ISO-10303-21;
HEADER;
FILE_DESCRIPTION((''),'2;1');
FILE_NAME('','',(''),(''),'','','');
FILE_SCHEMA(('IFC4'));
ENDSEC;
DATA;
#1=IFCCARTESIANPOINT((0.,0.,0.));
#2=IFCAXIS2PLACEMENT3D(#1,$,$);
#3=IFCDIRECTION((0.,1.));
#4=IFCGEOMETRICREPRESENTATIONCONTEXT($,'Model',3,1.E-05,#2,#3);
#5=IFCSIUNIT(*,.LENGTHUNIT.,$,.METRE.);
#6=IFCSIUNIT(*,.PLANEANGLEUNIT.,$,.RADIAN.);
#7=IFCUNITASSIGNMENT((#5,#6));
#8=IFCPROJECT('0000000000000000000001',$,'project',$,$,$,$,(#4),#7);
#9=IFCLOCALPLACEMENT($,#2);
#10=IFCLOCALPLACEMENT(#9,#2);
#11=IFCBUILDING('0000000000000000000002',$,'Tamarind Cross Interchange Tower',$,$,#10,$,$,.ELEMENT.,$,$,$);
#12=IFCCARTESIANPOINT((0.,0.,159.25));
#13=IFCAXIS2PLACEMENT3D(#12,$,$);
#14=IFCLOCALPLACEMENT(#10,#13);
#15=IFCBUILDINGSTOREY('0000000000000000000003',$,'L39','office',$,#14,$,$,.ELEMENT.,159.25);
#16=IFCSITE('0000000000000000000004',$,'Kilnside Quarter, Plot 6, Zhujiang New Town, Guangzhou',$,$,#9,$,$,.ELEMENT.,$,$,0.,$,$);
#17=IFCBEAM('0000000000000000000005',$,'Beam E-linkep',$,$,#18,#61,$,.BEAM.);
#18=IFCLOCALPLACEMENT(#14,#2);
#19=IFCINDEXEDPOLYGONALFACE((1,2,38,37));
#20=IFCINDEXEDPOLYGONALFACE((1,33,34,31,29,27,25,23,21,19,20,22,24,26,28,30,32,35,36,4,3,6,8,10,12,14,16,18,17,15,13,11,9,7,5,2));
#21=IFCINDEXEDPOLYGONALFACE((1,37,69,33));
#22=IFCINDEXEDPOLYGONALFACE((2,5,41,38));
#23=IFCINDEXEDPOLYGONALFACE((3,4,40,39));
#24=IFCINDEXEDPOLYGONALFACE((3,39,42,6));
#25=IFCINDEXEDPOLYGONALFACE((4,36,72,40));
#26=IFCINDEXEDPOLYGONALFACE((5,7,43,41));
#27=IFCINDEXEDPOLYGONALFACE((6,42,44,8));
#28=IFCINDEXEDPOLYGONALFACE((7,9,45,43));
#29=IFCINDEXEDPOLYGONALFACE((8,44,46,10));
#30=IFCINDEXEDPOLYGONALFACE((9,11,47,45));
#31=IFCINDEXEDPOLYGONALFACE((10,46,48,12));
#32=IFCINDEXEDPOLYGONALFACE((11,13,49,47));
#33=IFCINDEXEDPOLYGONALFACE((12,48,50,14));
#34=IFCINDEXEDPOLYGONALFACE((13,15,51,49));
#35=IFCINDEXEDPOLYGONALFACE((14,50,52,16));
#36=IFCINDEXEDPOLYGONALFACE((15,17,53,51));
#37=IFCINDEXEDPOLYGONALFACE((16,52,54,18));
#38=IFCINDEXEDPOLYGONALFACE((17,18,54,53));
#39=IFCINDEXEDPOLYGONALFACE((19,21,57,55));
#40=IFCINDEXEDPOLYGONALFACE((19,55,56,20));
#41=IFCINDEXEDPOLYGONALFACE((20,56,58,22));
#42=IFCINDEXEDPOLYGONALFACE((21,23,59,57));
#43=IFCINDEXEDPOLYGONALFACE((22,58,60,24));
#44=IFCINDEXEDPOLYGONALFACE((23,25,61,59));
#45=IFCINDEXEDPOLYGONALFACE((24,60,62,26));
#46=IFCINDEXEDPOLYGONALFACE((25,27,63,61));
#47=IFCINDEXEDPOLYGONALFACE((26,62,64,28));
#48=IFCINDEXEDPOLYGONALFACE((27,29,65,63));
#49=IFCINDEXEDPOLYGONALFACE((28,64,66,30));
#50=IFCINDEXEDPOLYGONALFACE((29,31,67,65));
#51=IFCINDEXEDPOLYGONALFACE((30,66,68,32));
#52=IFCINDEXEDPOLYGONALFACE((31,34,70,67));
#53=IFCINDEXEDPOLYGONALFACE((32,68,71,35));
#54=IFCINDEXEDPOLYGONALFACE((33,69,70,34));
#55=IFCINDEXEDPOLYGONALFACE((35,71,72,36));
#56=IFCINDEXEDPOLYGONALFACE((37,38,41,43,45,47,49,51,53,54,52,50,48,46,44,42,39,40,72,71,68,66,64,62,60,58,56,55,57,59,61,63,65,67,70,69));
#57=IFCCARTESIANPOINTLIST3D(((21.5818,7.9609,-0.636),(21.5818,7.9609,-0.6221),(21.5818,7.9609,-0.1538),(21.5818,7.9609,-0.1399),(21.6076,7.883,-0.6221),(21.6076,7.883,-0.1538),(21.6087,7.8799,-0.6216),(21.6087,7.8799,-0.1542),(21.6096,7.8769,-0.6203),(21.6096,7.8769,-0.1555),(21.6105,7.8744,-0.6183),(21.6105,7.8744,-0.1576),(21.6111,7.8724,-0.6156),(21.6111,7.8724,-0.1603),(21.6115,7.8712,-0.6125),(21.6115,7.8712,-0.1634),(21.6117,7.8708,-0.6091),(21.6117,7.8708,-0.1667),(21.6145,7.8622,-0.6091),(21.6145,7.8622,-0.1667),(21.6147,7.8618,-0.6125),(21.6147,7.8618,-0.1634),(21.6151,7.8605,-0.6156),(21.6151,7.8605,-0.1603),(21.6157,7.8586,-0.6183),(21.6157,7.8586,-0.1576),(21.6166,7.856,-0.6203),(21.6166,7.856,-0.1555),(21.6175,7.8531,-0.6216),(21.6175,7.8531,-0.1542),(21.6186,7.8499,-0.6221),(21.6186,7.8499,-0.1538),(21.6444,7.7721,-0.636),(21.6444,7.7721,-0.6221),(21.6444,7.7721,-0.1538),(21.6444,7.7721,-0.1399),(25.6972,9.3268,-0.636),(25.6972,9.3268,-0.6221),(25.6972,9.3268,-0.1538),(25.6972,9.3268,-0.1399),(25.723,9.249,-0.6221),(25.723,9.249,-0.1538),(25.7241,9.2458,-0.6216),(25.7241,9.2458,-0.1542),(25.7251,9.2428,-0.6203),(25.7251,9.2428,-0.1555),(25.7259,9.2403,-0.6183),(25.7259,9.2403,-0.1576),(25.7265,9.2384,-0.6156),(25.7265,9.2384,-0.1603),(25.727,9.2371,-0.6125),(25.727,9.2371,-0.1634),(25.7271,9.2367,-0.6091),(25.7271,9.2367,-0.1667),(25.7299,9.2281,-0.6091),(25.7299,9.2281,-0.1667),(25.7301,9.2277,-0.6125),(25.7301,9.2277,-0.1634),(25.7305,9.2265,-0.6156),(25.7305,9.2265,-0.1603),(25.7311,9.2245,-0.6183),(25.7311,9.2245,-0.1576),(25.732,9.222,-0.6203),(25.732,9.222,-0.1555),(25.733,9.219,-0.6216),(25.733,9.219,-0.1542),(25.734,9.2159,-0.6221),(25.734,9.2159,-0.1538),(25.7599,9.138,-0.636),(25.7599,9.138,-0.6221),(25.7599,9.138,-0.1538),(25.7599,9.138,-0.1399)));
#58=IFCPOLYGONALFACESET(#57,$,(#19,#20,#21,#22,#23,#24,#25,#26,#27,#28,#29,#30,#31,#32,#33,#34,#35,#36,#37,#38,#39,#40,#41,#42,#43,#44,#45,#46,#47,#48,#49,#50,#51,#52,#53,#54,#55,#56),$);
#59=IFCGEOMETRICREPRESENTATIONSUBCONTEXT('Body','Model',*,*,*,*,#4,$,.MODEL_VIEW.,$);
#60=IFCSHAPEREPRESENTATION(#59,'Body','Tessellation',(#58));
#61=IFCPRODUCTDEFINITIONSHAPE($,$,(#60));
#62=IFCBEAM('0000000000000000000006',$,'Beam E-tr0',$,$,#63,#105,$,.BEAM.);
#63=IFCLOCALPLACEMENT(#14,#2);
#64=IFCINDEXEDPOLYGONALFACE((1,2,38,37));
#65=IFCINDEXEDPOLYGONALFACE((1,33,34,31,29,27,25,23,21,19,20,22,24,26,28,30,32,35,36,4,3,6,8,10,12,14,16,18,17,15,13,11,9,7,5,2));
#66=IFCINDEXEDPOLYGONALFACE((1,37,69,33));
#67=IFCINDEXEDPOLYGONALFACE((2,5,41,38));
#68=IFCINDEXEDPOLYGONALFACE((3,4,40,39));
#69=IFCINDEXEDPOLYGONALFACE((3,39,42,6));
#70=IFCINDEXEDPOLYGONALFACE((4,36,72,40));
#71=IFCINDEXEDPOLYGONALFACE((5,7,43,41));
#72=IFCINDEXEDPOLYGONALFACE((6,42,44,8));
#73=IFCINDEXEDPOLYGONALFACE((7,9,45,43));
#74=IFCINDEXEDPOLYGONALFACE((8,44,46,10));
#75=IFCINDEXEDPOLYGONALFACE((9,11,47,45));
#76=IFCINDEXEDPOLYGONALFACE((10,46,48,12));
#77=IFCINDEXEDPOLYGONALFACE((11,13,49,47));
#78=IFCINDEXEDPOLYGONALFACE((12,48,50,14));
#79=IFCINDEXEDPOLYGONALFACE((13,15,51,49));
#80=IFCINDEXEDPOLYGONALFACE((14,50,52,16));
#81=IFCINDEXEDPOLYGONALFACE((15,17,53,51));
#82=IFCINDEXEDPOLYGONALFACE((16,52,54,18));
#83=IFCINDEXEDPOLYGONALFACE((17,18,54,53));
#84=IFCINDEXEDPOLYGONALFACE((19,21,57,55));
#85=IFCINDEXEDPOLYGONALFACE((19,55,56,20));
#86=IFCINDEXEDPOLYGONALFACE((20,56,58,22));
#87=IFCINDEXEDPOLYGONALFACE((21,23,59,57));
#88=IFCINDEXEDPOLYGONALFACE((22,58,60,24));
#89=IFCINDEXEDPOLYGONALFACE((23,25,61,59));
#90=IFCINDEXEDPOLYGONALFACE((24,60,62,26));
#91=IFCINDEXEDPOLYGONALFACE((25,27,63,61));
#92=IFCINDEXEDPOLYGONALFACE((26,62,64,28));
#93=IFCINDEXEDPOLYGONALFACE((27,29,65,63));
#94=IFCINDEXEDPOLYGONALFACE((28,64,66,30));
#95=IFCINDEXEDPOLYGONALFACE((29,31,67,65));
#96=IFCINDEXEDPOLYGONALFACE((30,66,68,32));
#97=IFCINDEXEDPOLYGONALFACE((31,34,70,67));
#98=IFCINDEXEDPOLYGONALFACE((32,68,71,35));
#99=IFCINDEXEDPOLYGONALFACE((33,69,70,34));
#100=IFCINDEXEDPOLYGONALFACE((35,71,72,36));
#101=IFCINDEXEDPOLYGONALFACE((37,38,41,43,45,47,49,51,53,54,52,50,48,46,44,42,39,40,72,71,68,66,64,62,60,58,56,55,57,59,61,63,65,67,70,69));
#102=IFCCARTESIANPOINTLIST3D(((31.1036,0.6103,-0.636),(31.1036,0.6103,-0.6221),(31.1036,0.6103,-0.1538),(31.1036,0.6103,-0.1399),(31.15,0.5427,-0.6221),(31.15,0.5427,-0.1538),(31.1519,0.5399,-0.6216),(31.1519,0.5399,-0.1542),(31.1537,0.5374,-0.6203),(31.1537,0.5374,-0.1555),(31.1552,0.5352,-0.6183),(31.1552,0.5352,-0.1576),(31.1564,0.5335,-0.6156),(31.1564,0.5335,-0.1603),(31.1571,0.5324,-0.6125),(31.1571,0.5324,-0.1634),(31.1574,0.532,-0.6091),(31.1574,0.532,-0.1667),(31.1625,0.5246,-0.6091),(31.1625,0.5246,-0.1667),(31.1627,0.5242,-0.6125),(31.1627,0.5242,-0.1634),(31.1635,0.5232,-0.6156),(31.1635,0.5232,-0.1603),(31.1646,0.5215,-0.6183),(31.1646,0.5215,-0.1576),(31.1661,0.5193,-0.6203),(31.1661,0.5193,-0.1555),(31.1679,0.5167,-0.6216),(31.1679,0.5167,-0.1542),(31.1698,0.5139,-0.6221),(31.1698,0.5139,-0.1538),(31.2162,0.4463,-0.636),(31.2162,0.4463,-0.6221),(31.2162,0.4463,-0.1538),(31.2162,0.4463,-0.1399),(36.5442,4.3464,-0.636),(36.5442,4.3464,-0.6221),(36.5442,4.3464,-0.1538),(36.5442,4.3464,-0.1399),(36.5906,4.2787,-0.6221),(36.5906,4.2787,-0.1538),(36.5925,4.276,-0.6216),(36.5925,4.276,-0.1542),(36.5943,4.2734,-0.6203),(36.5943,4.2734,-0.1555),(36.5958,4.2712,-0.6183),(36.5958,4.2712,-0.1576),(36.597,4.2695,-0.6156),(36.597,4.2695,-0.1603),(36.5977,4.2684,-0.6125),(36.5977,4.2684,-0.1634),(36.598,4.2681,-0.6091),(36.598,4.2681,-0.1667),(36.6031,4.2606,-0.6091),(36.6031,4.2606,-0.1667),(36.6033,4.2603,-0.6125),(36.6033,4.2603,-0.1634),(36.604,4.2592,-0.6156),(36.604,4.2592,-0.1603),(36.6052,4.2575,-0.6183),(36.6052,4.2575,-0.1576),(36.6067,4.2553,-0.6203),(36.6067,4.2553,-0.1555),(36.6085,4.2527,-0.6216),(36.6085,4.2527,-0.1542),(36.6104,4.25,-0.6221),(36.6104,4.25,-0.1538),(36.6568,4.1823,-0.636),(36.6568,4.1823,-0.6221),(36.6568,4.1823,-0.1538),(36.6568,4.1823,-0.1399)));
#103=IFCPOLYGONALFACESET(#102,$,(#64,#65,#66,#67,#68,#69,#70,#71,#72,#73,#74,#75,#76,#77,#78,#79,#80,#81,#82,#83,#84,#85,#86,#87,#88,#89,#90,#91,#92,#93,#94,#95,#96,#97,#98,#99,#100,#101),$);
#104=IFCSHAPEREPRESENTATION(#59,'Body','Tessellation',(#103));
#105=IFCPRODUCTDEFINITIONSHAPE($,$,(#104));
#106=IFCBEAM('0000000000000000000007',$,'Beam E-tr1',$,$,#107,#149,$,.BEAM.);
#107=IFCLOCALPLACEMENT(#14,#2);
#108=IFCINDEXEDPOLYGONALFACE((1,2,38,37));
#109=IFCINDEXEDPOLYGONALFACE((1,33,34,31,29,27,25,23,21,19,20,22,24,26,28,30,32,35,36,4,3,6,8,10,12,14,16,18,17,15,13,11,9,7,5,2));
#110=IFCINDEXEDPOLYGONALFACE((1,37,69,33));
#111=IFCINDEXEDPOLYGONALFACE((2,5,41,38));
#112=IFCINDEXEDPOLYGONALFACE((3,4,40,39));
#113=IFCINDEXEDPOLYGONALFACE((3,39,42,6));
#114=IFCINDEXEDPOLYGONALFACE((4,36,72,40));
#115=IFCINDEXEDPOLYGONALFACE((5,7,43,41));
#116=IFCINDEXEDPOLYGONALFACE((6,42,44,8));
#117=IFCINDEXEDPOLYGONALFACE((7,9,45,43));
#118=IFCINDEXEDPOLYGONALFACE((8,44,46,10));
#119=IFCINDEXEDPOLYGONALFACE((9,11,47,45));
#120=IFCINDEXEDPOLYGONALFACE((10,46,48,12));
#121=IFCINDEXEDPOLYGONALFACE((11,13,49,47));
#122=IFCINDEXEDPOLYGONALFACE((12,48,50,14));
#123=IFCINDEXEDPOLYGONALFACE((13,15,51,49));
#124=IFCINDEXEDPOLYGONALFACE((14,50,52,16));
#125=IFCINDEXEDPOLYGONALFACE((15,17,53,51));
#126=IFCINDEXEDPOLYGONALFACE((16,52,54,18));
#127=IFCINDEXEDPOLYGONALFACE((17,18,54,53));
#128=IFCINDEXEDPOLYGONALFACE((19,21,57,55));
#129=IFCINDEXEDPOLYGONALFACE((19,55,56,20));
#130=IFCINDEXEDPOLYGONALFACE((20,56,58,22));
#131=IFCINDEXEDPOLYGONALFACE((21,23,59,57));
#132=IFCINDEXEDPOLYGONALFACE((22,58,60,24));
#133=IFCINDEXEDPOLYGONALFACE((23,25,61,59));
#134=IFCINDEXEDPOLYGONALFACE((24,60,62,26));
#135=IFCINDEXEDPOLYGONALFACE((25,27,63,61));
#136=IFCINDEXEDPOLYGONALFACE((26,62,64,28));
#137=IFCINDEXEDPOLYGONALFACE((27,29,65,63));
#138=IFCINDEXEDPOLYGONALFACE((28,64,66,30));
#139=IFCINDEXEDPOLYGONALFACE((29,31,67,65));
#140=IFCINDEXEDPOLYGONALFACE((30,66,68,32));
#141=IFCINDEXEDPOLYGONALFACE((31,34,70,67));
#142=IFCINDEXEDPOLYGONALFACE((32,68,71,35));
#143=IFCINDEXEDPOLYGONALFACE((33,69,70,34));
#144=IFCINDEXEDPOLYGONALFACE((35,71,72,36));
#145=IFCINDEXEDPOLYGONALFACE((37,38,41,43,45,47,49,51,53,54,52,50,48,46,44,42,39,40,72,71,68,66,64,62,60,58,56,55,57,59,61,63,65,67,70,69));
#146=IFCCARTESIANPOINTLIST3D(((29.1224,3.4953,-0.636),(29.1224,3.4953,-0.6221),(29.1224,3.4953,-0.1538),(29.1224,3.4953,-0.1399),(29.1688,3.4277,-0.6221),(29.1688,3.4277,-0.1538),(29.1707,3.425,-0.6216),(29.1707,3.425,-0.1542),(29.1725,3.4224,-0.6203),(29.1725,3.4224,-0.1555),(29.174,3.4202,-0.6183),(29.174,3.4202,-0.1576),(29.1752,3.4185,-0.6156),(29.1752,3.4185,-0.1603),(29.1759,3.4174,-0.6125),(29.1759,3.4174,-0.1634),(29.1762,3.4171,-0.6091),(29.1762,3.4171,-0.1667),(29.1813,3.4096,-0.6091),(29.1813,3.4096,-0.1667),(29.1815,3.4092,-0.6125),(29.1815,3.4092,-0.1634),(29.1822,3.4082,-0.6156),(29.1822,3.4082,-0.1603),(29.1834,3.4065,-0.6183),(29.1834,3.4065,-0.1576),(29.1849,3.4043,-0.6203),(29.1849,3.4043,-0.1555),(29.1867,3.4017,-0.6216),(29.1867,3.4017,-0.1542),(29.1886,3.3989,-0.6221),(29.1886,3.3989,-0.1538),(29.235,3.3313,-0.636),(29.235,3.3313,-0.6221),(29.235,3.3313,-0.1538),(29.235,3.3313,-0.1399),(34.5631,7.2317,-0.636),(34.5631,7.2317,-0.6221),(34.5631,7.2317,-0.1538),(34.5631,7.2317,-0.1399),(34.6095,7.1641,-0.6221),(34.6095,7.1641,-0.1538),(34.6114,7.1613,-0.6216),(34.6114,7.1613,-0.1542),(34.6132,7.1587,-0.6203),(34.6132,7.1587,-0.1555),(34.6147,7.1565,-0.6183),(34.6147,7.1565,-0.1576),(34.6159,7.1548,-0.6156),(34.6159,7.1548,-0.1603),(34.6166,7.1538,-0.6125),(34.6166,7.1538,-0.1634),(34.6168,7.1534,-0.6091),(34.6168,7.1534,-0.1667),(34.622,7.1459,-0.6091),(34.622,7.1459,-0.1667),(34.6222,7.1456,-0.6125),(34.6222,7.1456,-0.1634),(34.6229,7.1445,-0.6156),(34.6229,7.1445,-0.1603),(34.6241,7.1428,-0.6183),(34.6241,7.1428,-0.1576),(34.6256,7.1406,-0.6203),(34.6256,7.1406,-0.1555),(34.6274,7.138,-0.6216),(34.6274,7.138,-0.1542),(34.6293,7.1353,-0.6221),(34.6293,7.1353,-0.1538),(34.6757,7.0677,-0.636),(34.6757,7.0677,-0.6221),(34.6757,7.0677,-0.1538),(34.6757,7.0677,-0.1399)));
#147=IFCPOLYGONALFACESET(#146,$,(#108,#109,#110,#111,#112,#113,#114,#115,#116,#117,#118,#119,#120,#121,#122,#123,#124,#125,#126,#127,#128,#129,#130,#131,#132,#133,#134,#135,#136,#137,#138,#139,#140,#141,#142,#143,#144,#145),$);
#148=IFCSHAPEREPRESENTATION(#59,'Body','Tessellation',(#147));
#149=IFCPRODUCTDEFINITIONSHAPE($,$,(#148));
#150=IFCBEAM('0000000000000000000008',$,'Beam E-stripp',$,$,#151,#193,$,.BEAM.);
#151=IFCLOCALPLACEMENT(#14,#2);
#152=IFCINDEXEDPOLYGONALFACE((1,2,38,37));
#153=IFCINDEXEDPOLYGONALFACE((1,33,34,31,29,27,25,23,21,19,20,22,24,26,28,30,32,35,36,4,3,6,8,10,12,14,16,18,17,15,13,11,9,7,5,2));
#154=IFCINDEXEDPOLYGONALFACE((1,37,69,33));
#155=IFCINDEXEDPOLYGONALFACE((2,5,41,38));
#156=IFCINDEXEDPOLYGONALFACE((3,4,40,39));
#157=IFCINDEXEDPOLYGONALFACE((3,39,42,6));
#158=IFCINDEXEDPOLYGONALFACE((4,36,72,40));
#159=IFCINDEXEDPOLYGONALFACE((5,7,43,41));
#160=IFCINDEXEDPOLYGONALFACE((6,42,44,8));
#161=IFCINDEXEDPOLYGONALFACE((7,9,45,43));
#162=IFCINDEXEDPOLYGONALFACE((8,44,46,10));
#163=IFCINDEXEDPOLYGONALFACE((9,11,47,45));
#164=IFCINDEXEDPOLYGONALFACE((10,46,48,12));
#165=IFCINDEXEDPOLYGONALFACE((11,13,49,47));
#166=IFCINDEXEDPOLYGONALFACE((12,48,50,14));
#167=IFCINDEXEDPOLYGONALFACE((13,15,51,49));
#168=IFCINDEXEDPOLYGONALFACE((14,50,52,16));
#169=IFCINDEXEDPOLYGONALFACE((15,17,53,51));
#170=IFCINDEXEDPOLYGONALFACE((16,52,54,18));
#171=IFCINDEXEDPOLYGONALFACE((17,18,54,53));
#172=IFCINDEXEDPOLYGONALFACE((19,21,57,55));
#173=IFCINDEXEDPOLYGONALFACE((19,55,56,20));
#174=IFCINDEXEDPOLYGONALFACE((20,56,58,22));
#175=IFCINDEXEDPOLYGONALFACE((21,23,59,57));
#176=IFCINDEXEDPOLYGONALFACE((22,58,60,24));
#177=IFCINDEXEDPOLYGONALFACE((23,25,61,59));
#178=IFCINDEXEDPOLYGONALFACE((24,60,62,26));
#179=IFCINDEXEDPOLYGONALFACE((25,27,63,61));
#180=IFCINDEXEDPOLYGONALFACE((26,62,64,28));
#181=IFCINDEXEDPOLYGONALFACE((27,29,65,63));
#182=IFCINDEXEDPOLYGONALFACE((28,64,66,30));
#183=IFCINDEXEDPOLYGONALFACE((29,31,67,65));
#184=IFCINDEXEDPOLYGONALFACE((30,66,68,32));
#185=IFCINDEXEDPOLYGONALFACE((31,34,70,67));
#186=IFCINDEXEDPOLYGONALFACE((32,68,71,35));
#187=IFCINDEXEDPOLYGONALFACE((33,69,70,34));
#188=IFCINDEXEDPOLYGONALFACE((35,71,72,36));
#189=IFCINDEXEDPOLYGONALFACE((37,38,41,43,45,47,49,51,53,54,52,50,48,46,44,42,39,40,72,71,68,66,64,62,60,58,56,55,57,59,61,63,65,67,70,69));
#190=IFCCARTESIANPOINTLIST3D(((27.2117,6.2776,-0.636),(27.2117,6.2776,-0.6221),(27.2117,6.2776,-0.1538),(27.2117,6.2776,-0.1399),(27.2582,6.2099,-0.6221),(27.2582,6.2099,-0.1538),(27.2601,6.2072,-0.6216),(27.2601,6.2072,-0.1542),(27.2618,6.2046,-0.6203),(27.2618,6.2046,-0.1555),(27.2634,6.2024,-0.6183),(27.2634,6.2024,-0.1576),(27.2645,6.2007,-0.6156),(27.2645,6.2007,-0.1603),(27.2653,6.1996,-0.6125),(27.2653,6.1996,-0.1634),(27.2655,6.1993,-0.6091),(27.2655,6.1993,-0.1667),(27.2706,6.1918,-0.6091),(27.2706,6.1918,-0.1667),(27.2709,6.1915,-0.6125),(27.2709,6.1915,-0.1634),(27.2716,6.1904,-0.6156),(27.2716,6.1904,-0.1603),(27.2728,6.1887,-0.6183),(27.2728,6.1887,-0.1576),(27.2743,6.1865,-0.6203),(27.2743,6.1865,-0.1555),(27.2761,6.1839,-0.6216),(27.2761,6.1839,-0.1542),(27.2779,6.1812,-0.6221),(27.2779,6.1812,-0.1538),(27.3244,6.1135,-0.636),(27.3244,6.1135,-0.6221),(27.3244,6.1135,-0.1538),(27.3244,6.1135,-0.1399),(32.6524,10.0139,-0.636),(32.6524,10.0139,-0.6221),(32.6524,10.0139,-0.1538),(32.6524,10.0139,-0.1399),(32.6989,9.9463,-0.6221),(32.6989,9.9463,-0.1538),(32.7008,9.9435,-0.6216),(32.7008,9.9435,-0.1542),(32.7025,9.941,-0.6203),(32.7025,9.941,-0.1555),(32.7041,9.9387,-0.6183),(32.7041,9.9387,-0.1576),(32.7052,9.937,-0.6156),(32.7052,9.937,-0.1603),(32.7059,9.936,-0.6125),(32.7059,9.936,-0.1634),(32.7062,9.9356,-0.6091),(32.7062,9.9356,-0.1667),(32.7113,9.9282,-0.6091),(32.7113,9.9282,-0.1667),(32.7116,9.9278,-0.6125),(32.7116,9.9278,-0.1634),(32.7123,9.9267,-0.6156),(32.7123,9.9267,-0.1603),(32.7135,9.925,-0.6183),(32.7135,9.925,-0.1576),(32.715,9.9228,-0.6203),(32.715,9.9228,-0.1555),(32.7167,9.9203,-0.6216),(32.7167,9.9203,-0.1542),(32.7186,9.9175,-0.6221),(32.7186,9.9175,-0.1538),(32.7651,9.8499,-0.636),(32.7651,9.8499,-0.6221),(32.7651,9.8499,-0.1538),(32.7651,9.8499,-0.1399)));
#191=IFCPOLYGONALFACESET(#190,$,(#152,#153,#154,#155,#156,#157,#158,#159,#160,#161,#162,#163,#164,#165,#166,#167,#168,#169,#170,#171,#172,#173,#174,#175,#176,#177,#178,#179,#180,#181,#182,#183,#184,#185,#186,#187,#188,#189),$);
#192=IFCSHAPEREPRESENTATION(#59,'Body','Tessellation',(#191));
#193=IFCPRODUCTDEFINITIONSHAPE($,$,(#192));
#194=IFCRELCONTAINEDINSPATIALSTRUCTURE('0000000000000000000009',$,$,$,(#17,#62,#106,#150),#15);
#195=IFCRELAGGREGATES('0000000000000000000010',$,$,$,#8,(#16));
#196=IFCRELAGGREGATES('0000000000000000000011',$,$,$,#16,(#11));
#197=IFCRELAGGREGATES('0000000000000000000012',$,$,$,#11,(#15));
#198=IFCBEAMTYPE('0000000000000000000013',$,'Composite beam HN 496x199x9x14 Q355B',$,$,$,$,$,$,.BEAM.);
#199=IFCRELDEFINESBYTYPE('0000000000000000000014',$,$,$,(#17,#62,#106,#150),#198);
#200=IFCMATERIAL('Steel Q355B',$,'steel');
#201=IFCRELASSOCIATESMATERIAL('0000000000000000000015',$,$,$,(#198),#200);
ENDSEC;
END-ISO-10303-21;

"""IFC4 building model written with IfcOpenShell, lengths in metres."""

from ifc_helpers import new_model, si_unit, direction, frame, origin, origin_2d, place, context, subcontext, project, spatial, i_section, extrude, material, material_profile, profile_set, type_object, element, save


model = new_model("IFC4")

# Units and contexts
model_context = context("Model", 3, precision=1e-05, world=origin(), true_north=direction((0.0, 1.0)))
body_context = subcontext(model_context, "Body", "Model", "MODEL_VIEW")
ifc_project = project(units=[si_unit("LENGTHUNIT", "METRE"), si_unit("PLANEANGLEUNIT", "RADIAN")], contexts=[model_context])

# Site, building, storey
site_placement = place(None, origin())
site = spatial("IfcSite", under=ifc_project, at=site_placement, Name="Kilnside Quarter, Plot 6, Zhujiang New Town, Guangzhou", CompositionType="ELEMENT", RefElevation=0.0)
building_placement = place(site_placement, origin())
building = spatial("IfcBuilding", under=site, at=building_placement, Name="Tamarind Cross Interchange Tower", CompositionType="ELEMENT")
storey_placement = place(building_placement, frame((0.0, 0.0, 159.25)))
storey = spatial("IfcBuildingStorey", under=building, at=storey_placement, Name="L39", Description="office", CompositionType="ELEMENT", Elevation=159.25)

# Beams
ifc_material_1 = material(Name="Steel Q355B", Category="steel")
ifc_material_profile_1 = material_profile(ifc_material_1, i_section(OverallWidth=0.199, OverallDepth=0.4961, WebThickness=0.009, FlangeThickness=0.0139, FilletRadius=0.0129, at=origin_2d()), Name="HN 496x199x9x14")
ifc_profile_set_1 = profile_set([ifc_material_profile_1], Name="Steel Q355B")
beam_type_1 = type_object("IfcBeamType", Name="Composite beam HN 496x199x9x14 Q355B", PredefinedType="BEAM", material=ifc_profile_set_1)
beam_1_placement = place(storey_placement, frame((25.7285, 9.2324, -0.3879), z_axis=(-0.949088, -0.315011, 0.0), x_axis=(0.315011, -0.949088, 0.0)))
element("IfcBeam", 1, at=beam_1_placement, inside=storey, type_object=beam_type_1, Name="Beam E-linkep", PredefinedType="BEAM", context=body_context, shape_type="SweptSolid", body=[
    extrude(i_section(OverallWidth=0.199, OverallDepth=0.4961, WebThickness=0.009, FlangeThickness=0.0139, FilletRadius=0.0129, at=origin_2d()), origin(), (0.0, 0.0, 1.0), 4.3362),
])
beam_2_placement = place(storey_placement, frame((31.1599, 0.5283, -0.3879), z_axis=(0.824352, 0.566078, 0.0), x_axis=(-0.566078, 0.824352, 0.0)))
element("IfcBeam", 2, at=beam_2_placement, inside=storey, type_object=beam_type_1, Name="Beam E-tr0", PredefinedType="BEAM", context=body_context, shape_type="SweptSolid", body=[
    extrude(i_section(OverallWidth=0.199, OverallDepth=0.4961, WebThickness=0.009, FlangeThickness=0.0139, FilletRadius=0.0129, at=origin_2d()), origin(), (0.0, 0.0, 1.0), 6.5999),
])
for number, where, z_axis, x_axis, name in (
    (3, (29.1787, 3.4133, -0.3879), (0.824334, 0.566103, 0.0), (-0.566103, 0.824334, 0.0), "Beam E-tr1"),
    (4, (27.2681, 6.1956, -0.3879), (0.824334, 0.566103, 0.0), (-0.566103, 0.824334, 0.0), "Beam E-stripp"),
):
    element("IfcBeam", number, at=place(storey_placement, frame(where, z_axis=z_axis, x_axis=x_axis)), inside=storey, type_object=beam_type_1, Name=name, PredefinedType="BEAM", context=body_context, shape_type="SweptSolid", body=[
        extrude(i_section(OverallWidth=0.199, OverallDepth=0.4961, WebThickness=0.009, FlangeThickness=0.0139, FilletRadius=0.0129, at=origin_2d()), origin(), (0.0, 0.0, 1.0), 6.6001),
    ])

save(model, "model.ifc")
